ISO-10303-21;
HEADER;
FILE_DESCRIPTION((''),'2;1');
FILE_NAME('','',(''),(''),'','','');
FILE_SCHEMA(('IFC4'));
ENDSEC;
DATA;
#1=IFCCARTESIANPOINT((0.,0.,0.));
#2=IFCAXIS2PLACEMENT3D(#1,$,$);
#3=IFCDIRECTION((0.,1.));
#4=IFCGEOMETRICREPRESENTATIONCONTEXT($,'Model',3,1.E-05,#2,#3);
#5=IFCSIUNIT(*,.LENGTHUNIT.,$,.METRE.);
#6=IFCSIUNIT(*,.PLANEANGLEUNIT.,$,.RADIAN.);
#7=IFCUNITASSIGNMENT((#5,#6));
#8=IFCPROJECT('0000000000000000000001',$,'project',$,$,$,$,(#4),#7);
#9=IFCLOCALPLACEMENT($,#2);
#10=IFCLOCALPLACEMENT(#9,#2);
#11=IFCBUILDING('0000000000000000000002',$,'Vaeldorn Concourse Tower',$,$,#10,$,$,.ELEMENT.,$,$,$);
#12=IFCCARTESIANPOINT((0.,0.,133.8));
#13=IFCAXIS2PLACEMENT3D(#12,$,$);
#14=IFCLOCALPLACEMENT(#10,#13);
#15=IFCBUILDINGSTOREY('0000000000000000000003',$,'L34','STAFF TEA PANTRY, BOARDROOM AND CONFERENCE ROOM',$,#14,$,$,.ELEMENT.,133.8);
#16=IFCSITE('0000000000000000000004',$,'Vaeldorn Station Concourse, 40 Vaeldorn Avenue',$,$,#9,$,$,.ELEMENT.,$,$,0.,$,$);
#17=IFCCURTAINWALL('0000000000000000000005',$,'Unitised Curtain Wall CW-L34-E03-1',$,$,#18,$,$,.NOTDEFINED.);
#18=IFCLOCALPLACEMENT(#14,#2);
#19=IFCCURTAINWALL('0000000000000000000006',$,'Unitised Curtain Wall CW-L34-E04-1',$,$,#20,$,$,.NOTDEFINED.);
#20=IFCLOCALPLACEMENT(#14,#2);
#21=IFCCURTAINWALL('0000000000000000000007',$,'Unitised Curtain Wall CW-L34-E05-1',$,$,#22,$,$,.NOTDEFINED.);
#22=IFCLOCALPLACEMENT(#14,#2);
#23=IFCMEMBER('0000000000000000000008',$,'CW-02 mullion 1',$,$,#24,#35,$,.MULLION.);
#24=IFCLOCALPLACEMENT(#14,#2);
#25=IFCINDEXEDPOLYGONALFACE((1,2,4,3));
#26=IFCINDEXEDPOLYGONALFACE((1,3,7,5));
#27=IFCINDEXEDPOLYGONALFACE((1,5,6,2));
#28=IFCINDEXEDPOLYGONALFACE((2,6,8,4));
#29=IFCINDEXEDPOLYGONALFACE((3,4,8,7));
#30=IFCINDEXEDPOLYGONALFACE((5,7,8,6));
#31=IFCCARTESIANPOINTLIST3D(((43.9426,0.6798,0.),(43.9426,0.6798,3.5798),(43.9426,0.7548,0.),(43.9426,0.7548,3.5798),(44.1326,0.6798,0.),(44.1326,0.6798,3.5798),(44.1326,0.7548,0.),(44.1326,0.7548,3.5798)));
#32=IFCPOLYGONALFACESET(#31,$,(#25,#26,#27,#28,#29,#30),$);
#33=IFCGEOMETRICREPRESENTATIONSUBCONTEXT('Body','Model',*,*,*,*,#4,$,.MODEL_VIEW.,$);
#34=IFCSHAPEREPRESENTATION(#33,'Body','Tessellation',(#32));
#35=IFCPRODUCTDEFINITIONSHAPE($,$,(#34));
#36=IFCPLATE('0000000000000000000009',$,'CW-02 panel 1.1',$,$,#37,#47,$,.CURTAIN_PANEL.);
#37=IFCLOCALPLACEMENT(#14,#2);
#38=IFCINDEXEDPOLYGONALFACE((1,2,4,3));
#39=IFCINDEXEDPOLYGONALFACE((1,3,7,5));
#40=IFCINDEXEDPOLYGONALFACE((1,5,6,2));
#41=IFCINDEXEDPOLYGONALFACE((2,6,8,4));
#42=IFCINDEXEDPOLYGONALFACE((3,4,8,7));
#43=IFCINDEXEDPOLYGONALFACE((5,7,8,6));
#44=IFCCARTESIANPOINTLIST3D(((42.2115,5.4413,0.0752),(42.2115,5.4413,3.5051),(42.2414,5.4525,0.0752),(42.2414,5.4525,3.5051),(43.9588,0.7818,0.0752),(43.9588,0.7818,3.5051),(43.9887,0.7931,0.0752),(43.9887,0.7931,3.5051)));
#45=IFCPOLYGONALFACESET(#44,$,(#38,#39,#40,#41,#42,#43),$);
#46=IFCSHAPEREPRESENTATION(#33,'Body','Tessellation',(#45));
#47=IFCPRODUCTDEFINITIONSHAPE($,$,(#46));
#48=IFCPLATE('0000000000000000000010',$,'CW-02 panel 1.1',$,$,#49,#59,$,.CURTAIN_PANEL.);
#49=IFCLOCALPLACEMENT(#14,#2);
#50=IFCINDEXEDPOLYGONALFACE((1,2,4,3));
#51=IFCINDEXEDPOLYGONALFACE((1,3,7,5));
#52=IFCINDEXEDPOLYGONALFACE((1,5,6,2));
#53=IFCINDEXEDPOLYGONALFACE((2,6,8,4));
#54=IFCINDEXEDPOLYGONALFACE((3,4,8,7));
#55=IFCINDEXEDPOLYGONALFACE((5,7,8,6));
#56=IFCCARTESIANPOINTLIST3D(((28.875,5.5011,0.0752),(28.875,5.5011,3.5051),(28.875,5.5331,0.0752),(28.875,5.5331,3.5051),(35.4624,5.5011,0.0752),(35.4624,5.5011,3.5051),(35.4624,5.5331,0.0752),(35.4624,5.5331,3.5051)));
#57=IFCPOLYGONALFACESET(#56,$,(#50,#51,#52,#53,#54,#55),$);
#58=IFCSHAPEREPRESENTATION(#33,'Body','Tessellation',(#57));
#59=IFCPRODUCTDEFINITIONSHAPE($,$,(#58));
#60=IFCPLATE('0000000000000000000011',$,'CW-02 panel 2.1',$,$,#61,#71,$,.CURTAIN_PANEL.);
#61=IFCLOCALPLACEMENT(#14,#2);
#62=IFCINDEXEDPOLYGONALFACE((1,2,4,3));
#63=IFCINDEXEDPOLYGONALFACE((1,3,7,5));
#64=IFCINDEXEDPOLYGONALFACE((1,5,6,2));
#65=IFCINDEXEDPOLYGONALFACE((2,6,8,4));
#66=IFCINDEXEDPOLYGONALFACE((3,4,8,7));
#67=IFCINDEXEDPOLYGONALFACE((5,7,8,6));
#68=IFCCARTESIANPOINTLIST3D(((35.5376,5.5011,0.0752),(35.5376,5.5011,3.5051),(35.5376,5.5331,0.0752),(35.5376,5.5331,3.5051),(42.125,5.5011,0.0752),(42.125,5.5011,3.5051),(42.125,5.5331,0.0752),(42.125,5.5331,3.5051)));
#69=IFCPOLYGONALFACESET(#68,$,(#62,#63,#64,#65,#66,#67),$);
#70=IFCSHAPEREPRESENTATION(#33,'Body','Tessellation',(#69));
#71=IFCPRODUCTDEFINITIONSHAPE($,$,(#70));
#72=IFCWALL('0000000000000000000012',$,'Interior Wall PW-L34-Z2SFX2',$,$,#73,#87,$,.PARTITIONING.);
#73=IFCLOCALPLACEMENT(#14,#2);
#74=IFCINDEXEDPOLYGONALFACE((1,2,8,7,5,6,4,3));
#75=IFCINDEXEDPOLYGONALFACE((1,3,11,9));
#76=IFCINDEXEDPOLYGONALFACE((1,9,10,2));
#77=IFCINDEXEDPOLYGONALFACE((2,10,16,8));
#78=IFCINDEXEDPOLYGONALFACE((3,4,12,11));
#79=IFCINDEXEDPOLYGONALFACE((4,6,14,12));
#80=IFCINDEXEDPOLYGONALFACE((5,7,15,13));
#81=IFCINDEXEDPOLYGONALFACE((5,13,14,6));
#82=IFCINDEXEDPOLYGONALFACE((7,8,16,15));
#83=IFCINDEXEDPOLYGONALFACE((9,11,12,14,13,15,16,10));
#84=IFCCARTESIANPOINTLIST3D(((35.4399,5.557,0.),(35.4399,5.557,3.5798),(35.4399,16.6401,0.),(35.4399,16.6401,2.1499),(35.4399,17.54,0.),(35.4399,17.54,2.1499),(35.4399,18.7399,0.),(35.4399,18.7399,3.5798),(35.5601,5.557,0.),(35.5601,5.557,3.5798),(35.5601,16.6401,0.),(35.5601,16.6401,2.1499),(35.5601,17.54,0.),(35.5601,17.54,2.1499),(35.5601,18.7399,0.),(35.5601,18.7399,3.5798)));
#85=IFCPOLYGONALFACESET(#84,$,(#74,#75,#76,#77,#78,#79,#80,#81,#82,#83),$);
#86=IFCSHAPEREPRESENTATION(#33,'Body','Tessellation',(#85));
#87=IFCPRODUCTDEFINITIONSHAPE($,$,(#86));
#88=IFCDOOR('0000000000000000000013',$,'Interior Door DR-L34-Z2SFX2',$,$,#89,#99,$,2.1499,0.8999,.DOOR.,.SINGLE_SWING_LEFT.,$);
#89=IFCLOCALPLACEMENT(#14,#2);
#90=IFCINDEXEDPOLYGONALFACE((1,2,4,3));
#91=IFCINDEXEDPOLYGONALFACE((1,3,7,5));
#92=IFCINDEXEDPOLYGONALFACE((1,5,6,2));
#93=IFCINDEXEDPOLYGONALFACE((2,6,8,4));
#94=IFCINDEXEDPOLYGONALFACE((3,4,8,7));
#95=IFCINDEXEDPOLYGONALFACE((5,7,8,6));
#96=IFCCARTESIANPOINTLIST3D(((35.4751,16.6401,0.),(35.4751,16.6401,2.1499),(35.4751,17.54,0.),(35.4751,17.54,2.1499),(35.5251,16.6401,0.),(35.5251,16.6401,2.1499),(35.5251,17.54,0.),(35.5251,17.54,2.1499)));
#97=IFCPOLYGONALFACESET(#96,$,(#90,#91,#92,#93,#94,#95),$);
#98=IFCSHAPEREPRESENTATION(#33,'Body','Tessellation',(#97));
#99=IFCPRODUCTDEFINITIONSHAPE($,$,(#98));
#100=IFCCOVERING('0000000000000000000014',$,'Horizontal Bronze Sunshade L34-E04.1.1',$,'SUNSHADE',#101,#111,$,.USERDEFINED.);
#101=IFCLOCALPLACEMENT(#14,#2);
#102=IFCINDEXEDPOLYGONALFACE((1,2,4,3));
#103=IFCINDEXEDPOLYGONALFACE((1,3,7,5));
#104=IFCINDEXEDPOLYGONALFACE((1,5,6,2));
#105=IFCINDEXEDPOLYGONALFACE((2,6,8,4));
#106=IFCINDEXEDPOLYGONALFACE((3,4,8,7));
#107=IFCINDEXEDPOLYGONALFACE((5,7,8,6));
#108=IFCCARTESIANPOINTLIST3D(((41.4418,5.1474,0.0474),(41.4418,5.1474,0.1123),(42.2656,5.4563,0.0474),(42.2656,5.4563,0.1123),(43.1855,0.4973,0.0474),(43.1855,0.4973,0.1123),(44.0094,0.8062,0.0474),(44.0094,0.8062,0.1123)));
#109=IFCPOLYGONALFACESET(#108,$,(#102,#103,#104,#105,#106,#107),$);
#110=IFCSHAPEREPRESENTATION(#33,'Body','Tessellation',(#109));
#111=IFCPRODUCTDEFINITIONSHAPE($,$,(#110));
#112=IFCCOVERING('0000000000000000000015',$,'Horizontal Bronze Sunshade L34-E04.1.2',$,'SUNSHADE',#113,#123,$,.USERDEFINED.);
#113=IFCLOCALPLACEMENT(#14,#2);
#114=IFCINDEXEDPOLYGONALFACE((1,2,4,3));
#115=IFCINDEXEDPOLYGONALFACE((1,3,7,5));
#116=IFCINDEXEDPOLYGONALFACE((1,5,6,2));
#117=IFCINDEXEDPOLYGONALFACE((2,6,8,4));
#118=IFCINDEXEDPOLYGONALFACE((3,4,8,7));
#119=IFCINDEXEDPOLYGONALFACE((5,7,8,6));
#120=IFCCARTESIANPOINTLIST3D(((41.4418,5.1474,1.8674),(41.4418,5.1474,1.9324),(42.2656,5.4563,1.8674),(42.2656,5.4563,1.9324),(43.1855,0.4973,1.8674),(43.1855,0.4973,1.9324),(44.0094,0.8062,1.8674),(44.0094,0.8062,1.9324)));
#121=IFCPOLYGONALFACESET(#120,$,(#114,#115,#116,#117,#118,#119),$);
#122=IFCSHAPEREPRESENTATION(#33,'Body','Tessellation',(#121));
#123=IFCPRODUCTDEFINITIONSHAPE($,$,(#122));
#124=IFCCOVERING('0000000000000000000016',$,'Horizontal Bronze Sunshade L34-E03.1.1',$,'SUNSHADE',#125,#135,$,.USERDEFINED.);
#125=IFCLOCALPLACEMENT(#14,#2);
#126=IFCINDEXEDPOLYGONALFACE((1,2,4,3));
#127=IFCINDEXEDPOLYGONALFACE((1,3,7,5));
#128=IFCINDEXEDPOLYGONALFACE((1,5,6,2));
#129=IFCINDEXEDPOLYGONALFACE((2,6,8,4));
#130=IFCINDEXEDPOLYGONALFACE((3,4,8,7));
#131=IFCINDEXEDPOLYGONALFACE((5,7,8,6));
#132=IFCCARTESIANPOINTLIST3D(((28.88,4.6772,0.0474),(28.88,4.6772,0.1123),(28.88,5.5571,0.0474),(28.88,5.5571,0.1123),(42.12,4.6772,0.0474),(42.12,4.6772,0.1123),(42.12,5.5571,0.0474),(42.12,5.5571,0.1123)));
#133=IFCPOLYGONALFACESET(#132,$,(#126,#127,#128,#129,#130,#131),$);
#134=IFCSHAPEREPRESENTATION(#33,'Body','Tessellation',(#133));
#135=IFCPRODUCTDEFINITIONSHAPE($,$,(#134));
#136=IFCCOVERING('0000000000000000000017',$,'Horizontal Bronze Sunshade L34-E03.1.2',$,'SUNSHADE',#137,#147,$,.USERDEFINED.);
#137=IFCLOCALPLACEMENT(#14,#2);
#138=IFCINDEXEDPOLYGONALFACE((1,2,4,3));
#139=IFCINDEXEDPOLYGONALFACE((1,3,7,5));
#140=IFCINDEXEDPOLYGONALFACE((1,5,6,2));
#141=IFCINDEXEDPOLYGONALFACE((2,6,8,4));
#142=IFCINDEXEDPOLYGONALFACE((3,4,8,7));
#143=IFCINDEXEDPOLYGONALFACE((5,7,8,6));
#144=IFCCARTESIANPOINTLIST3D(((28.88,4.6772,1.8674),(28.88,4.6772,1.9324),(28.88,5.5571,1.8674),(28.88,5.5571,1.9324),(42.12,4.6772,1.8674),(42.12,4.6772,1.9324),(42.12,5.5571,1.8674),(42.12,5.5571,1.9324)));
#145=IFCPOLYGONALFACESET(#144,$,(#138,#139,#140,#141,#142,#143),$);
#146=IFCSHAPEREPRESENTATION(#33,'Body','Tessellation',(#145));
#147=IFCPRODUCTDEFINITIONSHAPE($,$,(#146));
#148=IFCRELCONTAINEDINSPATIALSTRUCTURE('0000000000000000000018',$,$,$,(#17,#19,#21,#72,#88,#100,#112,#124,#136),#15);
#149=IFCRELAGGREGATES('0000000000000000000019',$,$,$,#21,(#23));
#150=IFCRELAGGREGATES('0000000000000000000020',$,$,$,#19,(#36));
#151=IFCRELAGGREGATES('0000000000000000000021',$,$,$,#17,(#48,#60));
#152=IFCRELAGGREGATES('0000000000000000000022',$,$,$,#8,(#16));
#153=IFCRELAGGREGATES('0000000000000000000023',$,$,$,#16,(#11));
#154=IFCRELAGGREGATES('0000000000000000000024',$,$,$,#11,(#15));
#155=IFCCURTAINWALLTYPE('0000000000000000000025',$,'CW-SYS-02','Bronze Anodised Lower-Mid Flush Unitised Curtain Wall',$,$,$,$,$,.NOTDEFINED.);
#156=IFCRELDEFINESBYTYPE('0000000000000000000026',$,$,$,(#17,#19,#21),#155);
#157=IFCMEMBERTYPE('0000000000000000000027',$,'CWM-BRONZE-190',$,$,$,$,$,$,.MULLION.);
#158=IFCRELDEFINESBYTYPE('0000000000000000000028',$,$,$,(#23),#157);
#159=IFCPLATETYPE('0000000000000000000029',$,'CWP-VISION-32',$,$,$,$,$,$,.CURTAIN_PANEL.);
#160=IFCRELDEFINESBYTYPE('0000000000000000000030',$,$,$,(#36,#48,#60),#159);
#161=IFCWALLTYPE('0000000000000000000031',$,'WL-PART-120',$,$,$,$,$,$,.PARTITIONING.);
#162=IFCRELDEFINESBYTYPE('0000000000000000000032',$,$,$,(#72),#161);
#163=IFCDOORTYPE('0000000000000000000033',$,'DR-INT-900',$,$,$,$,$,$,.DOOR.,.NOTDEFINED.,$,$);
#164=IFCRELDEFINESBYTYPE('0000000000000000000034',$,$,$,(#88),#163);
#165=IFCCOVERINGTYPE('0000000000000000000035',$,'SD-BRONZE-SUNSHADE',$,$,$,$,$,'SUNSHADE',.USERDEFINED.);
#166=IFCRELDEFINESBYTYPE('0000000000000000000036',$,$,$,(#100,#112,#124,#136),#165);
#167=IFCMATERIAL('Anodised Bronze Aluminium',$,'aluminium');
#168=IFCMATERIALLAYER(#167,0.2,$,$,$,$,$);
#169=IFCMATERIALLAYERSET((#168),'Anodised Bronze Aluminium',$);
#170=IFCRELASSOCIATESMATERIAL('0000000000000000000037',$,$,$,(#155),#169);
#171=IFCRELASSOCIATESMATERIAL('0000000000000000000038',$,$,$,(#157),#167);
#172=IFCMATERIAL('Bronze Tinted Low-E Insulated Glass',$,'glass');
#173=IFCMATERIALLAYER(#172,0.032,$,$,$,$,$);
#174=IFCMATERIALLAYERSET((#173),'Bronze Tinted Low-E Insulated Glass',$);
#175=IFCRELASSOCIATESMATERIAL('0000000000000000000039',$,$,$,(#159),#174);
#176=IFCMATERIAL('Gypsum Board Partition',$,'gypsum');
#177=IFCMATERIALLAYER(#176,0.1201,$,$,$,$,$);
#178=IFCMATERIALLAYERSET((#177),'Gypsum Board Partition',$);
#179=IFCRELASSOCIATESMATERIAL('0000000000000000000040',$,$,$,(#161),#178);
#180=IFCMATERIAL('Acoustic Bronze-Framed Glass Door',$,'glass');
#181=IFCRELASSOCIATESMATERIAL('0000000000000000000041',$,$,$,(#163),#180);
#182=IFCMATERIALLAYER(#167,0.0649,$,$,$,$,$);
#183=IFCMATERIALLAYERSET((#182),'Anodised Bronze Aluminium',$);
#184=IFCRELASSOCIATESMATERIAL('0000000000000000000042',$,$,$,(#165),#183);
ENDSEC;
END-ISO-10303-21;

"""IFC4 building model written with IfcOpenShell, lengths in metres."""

from ifc_helpers import new_model, si_unit, direction, frame, frame_2d, origin, origin_2d, place, context, subcontext, project, spatial, rectangle, extrude, source, transform, mapped, material, layer, layer_set, material_profile, profile_set, type_object, element, fill, aggregate, save


model = new_model("IFC4")

# Units and contexts
model_context = context("Model", 3, precision=1e-05, world=origin(), true_north=direction((0.0, 1.0)))
body_context = subcontext(model_context, "Body", "Model", "MODEL_VIEW")
ifc_project = project(units=[si_unit("LENGTHUNIT", "METRE"), si_unit("PLANEANGLEUNIT", "RADIAN")], contexts=[model_context])

# Site, building, storey
site_placement = place(None, origin())
site = spatial("IfcSite", under=ifc_project, at=site_placement, Name="Vaeldorn Station Concourse, 40 Vaeldorn Avenue", CompositionType="ELEMENT", RefElevation=0.0)
building_placement = place(site_placement, origin())
building = spatial("IfcBuilding", under=site, at=building_placement, Name="Vaeldorn Concourse Tower", CompositionType="ELEMENT")
storey_placement = place(building_placement, frame((0.0, 0.0, 133.8)))
storey = spatial("IfcBuildingStorey", under=building, at=storey_placement, Name="L34", Description="STAFF TEA PANTRY, BOARDROOM AND CONFERENCE ROOM", CompositionType="ELEMENT", Elevation=133.8)

# Curtain walls
ifc_material_1 = material(Name="Anodised Bronze Aluminium", Category="aluminium")
ifc_layer_1 = layer(ifc_material_1, 0.2)
ifc_layer_set_1 = layer_set([ifc_layer_1], Name="Anodised Bronze Aluminium")
curtain_wall_type = type_object("IfcCurtainWallType", Name="CW-SYS-02", Description="Bronze Anodised Lower-Mid Flush Unitised Curtain Wall", PredefinedType="NOTDEFINED", material=ifc_layer_set_1)
curtain_wall_1_placement = place(storey_placement, origin())
curtain_wall_1 = element("IfcCurtainWall", 1, at=curtain_wall_1_placement, inside=storey, type_object=curtain_wall_type, Name="Unitised Curtain Wall CW-L34-E03-1", PredefinedType="NOTDEFINED")
curtain_wall_2_placement = place(storey_placement, origin())
curtain_wall_2 = element("IfcCurtainWall", 2, at=curtain_wall_2_placement, inside=storey, type_object=curtain_wall_type, Name="Unitised Curtain Wall CW-L34-E04-1", PredefinedType="NOTDEFINED")
curtain_wall_3_placement = place(storey_placement, origin())
curtain_wall_3 = element("IfcCurtainWall", 3, at=curtain_wall_3_placement, inside=storey, type_object=curtain_wall_type, Name="Unitised Curtain Wall CW-L34-E05-1", PredefinedType="NOTDEFINED")

# Member
ifc_material_profile_1 = material_profile(ifc_material_1, rectangle(XDim=0.075, YDim=0.1899, at=origin_2d()), Name="CWM 75x190")
ifc_profile_set_1 = profile_set([ifc_material_profile_1], Name="Anodised Bronze Aluminium")
member_type_1 = type_object("IfcMemberType", Name="CWM-BRONZE-190", PredefinedType="MULLION", material=ifc_profile_set_1)
shared_shape_1 = source(origin(), body_context, "Body", "SweptSolid", [
    extrude(rectangle(XDim=0.075, YDim=0.1899, at=origin_2d()), origin(), (0.0, 0.0, 1.0), 3.5798),
])
member_1_placement = place(storey_placement, frame((44.0376, 0.7173, 0.0), z_axis=(0.0, 0.0, 1.0), x_axis=(0.0, 1.0, 0.0)))
member_1 = element("IfcMember", 4, at=member_1_placement, type_object=member_type_1, Name="CW-02 mullion 1", PredefinedType="MULLION", context=body_context, shape_type="MappedRepresentation", body=[
    mapped(shared_shape_1, transform((0.0, 0.0, 0.0), scale=1.0)),
])
aggregate(curtain_wall_3, [member_1])

# Plates
ifc_material_2 = material(Name="Bronze Tinted Low-E Insulated Glass", Category="glass")
ifc_layer_2 = layer(ifc_material_2, 0.032)
ifc_layer_set_2 = layer_set([ifc_layer_2], Name="Bronze Tinted Low-E Insulated Glass")
plate_type = type_object("IfcPlateType", Name="CWP-VISION-32", PredefinedType="CURTAIN_PANEL", material=ifc_layer_set_2)
shared_shape_2 = source(origin(), body_context, "Body", "SweptSolid", [
    extrude(rectangle(XDim=4.9763, YDim=0.032, at=origin_2d()), origin(), (0.0, 0.0, 1.0), 3.4299),
])
plate_1_placement = place(storey_placement, frame((43.1001, 3.1172, 0.0752), z_axis=(0.0, 0.0, 1.0), x_axis=(0.351123, -0.936329, 0.0)))
plate_1 = element("IfcPlate", 5, at=plate_1_placement, type_object=plate_type, Name="CW-02 panel 1.1", PredefinedType="CURTAIN_PANEL", context=body_context, shape_type="MappedRepresentation", body=[
    mapped(shared_shape_2, transform((0.0, 0.0, 0.0), scale=1.0)),
])
aggregate(curtain_wall_2, [plate_1])
shared_shape_3 = source(origin(), body_context, "Body", "SweptSolid", [
    extrude(rectangle(XDim=6.5874, YDim=0.032, at=origin_2d()), origin(), (0.0, 0.0, 1.0), 3.4299),
])
plate_2_placement = place(storey_placement, frame((32.1687, 5.5171, 0.0752), z_axis=(0.0, 0.0, 1.0), x_axis=(1.0, 0.0, 0.0)))
plate_2 = element("IfcPlate", 6, at=plate_2_placement, type_object=plate_type, Name="CW-02 panel 1.1", PredefinedType="CURTAIN_PANEL", context=body_context, shape_type="MappedRepresentation", body=[
    mapped(shared_shape_3, transform((0.0, 0.0, 0.0), scale=1.0)),
])
plate_3_placement = place(storey_placement, frame((38.8313, 5.5171, 0.0752), z_axis=(0.0, 0.0, 1.0), x_axis=(1.0, 0.0, 0.0)))
plate_3 = element("IfcPlate", 7, at=plate_3_placement, type_object=plate_type, Name="CW-02 panel 2.1", PredefinedType="CURTAIN_PANEL", context=body_context, shape_type="MappedRepresentation", body=[
    mapped(shared_shape_3, transform((0.0, 0.0, 0.0), scale=1.0)),
])
aggregate(curtain_wall_1, [plate_2, plate_3])

# Wall, opening, door
ifc_material_3 = material(Name="Gypsum Board Partition", Category="gypsum")
ifc_layer_3 = layer(ifc_material_3, 0.1201)
ifc_layer_set_3 = layer_set([ifc_layer_3], Name="Gypsum Board Partition")
wall_type = type_object("IfcWallType", Name="WL-PART-120", PredefinedType="PARTITIONING", material=ifc_layer_set_3)
wall_placement = place(storey_placement, frame((35.5, 5.5571, 0.0), z_axis=(0.0, 0.0, 1.0), x_axis=(0.0, 1.0, 0.0)))
wall = element("IfcWall", 8, at=wall_placement, inside=storey, type_object=wall_type, Name="Interior Wall PW-L34-Z2SFX2", PredefinedType="PARTITIONING", context=body_context, shape_type="SweptSolid", body=[
    extrude(rectangle(XDim=13.1829, YDim=0.1201, at=frame_2d((6.5913, 0.0))), origin(), (0.0, 0.0, 1.0), 3.5798),
])
opening_placement = place(wall_placement, frame((11.083, 0.0, 0.0)))
opening = element("IfcOpeningElement", 9, at=opening_placement, cuts=wall, PredefinedType="OPENING", context=body_context, shape_type="SweptSolid", body=[
    extrude(rectangle(XDim=0.8999, YDim=2.1499, at=frame_2d((0.45, 1.075))), frame((0.0, 0.0701, 0.0), z_axis=(0.0, -1.0, 0.0), x_axis=(1.0, 0.0, 0.0)), (0.0, 0.0, 1.0), 0.1401),
])
ifc_material_4 = material(Name="Acoustic Bronze-Framed Glass Door", Category="glass")
door_type = type_object("IfcDoorType", Name="DR-INT-900", OperationType="NOTDEFINED", PredefinedType="DOOR", material=ifc_material_4)
shared_shape_4 = source(origin(), body_context, "Body", "SweptSolid", [
    extrude(rectangle(XDim=0.8999, YDim=2.1499, at=frame_2d((0.45, 1.075))), frame((0.0, 0.0249, 0.0), z_axis=(0.0, -1.0, 0.0), x_axis=(1.0, 0.0, 0.0)), (0.0, 0.0, 1.0), 0.05),
])
door_placement = place(opening_placement, origin())
door = element("IfcDoor", 10, at=door_placement, inside=storey, type_object=door_type, Name="Interior Door DR-L34-Z2SFX2", OperationType="SINGLE_SWING_LEFT", OverallHeight=2.1499, OverallWidth=0.8999, PredefinedType="DOOR", context=body_context, shape_type="MappedRepresentation", body=[
    mapped(shared_shape_4, transform((0.0, 0.0, 0.0), scale=1.0)),
])
fill(opening, door)

# Coverings
ifc_layer_4 = layer(ifc_material_1, 0.0649)
ifc_layer_set_4 = layer_set([ifc_layer_4], Name="Anodised Bronze Aluminium")
covering_type = type_object("IfcCoveringType", Name="SD-BRONZE-SUNSHADE", ElementType="SUNSHADE", PredefinedType="USERDEFINED", material=ifc_layer_set_4)
shared_shape_5 = source(origin(), body_context, "Body", "SweptSolid", [
    extrude(rectangle(XDim=4.9663, YDim=0.8799, at=origin_2d()), origin(), (0.0, 0.0, 1.0), 0.0649),
])
for number, where, z_axis, x_axis, name in (
    (11, (42.7256, 2.9768, 0.0474), (0.0, 0.0, 1.0), (0.351123, -0.936329, 0.0), "Horizontal Bronze Sunshade L34-E04.1.1"),
    (12, (42.7256, 2.9768, 1.8674), (0.0, 0.0, 1.0), (0.351123, -0.936329, 0.0), "Horizontal Bronze Sunshade L34-E04.1.2"),
):
    element("IfcCovering", number, at=place(storey_placement, frame(where, z_axis=z_axis, x_axis=x_axis)), inside=storey, type_object=covering_type, Name=name, ObjectType="SUNSHADE", PredefinedType="USERDEFINED", context=body_context, shape_type="MappedRepresentation", body=[
        mapped(shared_shape_5, transform((0.0, 0.0, 0.0), scale=1.0)),
    ])
shared_shape_6 = source(origin(), body_context, "Body", "SweptSolid", [
    extrude(rectangle(XDim=13.24, YDim=0.8799, at=origin_2d()), origin(), (0.0, 0.0, 1.0), 0.0649),
])
for number, where, z_axis, x_axis, name in (
    (13, (35.5, 5.1172, 0.0474), (0.0, 0.0, 1.0), (1.0, 0.0, 0.0), "Horizontal Bronze Sunshade L34-E03.1.1"),
    (14, (35.5, 5.1172, 1.8674), (0.0, 0.0, 1.0), (1.0, 0.0, 0.0), "Horizontal Bronze Sunshade L34-E03.1.2"),
):
    element("IfcCovering", number, at=place(storey_placement, frame(where, z_axis=z_axis, x_axis=x_axis)), inside=storey, type_object=covering_type, Name=name, ObjectType="SUNSHADE", PredefinedType="USERDEFINED", context=body_context, shape_type="MappedRepresentation", body=[
        mapped(shared_shape_6, transform((0.0, 0.0, 0.0), scale=1.0)),
    ])

save(model, "model.ifc")
